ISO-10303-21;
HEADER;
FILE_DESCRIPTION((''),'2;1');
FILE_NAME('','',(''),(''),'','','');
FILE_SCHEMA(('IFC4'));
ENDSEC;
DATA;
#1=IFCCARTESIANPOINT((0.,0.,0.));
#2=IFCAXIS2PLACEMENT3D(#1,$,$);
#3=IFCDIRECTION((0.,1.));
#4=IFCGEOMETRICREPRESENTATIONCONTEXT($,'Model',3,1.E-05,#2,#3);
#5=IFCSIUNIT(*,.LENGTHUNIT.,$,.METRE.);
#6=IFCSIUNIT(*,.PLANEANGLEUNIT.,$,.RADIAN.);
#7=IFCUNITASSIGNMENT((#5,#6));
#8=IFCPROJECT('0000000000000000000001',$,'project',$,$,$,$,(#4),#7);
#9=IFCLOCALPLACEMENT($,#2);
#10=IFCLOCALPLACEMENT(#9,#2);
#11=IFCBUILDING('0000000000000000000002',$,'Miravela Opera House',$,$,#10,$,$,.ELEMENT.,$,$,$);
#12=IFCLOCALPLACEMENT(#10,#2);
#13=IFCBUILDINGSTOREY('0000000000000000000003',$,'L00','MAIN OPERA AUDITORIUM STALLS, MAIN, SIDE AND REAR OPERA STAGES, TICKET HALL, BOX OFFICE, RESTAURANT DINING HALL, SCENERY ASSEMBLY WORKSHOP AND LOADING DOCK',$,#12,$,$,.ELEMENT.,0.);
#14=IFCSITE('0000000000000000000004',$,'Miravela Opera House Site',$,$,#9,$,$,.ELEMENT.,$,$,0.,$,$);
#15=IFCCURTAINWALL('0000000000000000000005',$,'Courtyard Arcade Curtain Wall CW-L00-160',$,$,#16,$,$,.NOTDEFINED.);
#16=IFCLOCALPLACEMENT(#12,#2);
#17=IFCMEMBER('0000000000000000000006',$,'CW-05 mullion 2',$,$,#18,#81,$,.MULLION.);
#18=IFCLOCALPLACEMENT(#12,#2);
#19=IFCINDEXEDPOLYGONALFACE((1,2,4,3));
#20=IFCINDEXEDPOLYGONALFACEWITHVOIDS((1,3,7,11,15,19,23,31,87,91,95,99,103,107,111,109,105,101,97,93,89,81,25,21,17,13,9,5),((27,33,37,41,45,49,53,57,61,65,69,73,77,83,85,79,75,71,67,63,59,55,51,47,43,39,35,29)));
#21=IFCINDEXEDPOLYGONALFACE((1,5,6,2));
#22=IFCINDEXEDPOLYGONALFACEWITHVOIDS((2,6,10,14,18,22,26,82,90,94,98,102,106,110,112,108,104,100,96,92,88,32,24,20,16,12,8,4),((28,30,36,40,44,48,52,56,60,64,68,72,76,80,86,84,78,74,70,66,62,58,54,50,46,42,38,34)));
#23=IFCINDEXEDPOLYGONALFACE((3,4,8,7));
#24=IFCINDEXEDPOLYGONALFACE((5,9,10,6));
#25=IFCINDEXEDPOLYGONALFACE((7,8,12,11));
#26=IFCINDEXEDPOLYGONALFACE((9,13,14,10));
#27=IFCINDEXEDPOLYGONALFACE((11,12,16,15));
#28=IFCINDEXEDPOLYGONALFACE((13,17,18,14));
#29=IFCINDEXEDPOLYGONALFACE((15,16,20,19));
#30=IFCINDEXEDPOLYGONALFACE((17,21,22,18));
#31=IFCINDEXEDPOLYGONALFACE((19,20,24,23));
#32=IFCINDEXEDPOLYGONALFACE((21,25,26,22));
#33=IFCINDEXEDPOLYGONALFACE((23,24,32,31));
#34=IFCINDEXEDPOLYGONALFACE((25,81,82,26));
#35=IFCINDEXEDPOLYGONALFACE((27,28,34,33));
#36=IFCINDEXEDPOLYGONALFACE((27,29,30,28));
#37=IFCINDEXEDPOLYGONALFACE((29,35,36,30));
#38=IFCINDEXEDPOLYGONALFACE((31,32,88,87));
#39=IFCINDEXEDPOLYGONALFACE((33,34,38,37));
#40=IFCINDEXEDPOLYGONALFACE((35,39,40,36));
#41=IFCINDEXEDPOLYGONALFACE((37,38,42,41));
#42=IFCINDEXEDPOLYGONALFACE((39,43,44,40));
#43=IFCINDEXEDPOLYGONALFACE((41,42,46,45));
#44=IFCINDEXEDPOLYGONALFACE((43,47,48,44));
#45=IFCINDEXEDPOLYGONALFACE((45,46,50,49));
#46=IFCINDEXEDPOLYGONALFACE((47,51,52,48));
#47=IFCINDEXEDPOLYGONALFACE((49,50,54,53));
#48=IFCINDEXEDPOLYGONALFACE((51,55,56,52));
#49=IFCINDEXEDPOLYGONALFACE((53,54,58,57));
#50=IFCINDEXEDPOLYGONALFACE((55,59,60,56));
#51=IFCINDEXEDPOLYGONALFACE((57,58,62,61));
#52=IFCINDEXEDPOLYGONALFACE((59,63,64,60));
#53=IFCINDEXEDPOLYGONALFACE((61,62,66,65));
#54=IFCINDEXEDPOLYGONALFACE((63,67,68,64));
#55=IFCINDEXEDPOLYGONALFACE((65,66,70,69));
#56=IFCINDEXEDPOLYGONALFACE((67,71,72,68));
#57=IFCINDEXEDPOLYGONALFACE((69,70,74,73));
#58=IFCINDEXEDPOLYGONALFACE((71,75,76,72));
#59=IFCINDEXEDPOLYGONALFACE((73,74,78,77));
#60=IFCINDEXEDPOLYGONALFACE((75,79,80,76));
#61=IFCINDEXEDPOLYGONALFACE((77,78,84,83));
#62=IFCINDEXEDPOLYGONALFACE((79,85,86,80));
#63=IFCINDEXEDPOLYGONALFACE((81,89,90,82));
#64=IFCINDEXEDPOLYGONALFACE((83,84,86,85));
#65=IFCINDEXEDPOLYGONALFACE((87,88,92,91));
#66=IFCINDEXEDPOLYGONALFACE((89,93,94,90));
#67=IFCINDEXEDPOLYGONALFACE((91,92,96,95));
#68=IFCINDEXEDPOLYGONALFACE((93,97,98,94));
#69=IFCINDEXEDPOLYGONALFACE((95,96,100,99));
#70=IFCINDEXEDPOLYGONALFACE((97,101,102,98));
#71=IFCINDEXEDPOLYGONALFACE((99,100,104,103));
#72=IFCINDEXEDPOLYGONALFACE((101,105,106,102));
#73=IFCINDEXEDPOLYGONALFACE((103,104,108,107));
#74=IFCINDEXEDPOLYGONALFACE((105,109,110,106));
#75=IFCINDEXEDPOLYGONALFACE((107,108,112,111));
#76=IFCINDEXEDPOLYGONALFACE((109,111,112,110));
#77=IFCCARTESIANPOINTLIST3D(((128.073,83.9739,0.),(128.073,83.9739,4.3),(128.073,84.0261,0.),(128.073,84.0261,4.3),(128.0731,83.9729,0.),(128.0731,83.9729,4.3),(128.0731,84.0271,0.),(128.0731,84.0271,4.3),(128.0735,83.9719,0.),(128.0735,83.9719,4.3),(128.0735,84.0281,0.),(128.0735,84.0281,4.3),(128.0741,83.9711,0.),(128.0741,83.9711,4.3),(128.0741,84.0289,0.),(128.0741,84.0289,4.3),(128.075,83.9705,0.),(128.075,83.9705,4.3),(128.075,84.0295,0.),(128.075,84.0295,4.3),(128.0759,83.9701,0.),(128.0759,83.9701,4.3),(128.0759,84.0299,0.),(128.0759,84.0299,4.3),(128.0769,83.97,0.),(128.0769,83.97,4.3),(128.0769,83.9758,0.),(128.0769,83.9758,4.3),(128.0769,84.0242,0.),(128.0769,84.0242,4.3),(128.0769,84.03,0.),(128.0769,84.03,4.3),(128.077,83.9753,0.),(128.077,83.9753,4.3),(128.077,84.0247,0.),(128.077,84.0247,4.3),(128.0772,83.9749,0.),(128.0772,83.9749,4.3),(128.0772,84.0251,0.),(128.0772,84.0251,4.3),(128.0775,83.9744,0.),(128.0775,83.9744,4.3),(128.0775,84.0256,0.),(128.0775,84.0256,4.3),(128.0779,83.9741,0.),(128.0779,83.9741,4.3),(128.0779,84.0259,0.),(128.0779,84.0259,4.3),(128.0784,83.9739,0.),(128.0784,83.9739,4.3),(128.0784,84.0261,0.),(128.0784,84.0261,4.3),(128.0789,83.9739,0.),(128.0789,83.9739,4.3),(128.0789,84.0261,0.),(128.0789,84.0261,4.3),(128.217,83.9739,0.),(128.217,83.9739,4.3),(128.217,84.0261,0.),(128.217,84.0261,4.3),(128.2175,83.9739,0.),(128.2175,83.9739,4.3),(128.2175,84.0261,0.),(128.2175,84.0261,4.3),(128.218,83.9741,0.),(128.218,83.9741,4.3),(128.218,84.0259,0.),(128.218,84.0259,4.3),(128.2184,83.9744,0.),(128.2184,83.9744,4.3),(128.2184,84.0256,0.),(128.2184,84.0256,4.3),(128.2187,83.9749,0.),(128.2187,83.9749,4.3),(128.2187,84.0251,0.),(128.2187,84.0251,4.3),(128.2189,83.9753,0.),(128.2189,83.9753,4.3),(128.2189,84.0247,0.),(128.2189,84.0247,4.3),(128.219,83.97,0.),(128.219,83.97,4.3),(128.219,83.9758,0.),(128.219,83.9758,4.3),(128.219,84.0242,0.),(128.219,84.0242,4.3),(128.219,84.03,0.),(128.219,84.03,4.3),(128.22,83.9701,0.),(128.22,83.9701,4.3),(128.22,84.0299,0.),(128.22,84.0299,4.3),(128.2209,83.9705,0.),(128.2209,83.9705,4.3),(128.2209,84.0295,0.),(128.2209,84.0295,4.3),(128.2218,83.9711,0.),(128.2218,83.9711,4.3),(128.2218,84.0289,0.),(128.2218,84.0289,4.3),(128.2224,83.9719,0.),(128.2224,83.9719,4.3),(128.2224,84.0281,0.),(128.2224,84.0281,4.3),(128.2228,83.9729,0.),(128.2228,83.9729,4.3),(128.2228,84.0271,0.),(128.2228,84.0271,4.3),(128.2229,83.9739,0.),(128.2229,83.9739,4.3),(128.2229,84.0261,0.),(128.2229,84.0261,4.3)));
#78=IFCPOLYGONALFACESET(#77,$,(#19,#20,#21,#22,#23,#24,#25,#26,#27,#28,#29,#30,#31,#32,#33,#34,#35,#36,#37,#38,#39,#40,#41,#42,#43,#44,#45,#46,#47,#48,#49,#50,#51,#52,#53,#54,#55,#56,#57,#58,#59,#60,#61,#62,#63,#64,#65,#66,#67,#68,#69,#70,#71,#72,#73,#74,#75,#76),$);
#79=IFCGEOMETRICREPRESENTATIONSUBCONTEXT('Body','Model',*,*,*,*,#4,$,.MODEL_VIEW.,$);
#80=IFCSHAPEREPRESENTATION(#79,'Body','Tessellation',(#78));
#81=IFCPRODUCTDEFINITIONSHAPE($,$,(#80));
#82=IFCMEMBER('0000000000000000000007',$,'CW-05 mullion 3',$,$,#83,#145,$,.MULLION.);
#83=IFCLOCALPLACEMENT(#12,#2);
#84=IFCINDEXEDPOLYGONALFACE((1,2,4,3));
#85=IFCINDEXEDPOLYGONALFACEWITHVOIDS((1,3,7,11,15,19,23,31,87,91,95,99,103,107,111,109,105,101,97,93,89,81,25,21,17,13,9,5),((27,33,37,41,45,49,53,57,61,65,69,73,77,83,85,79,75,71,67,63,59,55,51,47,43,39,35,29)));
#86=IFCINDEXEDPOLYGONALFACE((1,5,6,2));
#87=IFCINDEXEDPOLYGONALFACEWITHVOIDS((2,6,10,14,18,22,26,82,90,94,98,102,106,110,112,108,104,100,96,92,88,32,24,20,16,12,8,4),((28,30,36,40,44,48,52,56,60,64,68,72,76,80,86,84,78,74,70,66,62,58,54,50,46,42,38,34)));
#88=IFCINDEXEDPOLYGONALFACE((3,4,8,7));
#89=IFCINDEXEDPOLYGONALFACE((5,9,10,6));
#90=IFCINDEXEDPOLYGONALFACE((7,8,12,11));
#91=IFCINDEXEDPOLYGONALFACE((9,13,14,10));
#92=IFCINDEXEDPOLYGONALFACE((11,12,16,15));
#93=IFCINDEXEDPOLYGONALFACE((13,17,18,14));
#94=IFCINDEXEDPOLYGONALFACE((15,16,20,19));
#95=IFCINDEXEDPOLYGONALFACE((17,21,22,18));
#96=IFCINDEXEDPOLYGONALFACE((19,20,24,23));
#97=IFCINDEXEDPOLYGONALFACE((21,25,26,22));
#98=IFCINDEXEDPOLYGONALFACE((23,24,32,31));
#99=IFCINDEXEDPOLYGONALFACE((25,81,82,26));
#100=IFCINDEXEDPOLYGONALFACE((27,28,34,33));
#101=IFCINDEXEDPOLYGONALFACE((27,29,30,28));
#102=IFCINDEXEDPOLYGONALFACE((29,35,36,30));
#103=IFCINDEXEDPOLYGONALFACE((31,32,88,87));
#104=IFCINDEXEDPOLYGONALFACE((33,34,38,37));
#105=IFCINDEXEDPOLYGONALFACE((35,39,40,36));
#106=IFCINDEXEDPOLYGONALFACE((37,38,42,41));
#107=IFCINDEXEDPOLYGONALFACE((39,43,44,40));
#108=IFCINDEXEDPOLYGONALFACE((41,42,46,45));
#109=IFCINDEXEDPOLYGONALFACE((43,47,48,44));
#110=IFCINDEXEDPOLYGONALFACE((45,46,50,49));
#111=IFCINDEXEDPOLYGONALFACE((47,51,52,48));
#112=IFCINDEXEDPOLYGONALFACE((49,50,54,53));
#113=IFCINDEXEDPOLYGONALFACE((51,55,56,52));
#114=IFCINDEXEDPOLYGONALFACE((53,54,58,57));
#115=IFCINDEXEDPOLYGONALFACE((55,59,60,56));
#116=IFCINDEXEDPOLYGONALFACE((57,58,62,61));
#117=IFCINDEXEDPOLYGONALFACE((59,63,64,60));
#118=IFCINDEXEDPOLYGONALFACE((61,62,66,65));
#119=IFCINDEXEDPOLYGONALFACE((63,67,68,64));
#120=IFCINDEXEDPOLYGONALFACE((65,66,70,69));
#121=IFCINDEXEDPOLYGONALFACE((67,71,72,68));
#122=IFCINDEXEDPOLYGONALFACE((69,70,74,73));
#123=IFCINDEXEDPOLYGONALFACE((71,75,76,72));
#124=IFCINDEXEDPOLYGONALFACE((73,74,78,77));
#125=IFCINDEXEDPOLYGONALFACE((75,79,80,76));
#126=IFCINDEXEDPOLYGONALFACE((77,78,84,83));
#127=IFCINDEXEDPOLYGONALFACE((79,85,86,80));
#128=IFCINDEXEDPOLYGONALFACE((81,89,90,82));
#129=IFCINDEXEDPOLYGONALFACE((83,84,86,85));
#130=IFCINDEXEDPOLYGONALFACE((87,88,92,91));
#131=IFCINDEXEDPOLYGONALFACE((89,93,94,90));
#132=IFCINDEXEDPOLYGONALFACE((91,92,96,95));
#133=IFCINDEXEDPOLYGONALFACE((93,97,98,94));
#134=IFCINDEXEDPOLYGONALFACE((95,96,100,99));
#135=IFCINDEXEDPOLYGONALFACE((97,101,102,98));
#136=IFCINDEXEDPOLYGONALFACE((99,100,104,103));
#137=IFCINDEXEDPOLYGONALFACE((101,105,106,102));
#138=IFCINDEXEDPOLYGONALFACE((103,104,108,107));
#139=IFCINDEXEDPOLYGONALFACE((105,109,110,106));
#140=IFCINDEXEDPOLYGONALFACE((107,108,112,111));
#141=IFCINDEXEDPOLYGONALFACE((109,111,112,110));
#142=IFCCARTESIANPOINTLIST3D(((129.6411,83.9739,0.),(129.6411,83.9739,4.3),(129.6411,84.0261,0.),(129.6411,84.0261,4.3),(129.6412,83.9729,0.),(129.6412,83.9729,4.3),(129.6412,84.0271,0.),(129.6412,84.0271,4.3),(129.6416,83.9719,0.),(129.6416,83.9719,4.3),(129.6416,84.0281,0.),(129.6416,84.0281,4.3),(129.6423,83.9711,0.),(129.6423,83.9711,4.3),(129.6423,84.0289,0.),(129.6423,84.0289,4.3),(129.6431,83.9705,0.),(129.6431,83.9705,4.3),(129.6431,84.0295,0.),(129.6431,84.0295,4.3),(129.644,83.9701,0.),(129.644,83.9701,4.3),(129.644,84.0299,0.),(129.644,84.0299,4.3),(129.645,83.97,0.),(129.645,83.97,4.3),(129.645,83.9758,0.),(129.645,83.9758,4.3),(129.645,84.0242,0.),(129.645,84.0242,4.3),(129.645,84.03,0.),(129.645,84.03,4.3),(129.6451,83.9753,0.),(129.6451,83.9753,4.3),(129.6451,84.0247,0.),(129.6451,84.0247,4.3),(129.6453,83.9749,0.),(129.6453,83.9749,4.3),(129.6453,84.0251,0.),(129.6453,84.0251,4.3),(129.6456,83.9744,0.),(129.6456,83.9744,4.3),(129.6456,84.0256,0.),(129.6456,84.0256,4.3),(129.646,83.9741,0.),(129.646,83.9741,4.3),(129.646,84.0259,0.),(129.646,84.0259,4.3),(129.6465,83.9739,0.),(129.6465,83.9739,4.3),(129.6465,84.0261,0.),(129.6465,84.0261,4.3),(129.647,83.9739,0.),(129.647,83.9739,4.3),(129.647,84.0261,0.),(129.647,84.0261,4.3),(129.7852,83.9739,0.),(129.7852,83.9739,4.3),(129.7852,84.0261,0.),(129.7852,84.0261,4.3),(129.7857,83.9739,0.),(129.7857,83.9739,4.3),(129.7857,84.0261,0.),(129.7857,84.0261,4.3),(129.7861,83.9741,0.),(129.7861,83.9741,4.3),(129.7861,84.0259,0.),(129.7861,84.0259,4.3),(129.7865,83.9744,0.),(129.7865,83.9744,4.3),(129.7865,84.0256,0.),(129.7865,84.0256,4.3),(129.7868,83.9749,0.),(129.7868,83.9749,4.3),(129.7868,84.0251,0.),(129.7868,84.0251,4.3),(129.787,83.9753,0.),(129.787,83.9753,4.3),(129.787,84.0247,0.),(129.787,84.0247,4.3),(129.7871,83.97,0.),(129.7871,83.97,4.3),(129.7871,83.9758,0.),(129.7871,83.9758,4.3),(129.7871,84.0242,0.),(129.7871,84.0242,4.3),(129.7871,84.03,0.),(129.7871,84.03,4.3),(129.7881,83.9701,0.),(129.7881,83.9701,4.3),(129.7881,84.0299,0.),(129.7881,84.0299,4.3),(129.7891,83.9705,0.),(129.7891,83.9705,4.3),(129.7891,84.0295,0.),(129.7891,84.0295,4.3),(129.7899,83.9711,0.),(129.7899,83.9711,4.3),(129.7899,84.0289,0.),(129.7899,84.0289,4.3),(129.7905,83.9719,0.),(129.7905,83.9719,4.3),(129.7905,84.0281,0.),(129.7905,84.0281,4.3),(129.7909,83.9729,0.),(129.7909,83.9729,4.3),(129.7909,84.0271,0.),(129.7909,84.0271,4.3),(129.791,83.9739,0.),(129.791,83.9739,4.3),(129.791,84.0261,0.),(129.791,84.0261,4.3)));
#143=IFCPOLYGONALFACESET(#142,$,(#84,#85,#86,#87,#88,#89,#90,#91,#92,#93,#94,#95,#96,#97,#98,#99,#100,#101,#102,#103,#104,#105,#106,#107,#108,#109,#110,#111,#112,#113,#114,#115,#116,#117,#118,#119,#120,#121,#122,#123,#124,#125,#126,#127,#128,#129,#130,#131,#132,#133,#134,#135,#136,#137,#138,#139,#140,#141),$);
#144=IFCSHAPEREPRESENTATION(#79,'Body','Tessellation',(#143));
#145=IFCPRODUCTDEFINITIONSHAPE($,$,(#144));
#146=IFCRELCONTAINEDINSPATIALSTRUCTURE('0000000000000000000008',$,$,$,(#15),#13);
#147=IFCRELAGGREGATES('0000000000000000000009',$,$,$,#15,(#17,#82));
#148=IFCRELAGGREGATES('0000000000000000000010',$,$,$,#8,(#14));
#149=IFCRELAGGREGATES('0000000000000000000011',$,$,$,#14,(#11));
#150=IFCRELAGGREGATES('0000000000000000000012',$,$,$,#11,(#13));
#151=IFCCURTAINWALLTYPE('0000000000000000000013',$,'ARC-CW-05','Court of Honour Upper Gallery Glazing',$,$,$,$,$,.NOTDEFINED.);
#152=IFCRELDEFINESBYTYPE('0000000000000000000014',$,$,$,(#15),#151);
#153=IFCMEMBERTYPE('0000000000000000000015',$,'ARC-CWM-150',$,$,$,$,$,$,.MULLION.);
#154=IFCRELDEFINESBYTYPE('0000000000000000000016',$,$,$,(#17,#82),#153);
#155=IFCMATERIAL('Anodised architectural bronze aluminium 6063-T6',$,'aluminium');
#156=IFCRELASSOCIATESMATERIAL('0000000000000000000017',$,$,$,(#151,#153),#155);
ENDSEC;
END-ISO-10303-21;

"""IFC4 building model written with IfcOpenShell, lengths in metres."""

from ifc_helpers import new_model, si_unit, direction, frame, origin, origin_2d, place, context, subcontext, project, spatial, hollow_rectangle, extrude, material, material_profile, profile_set, type_object, element, aggregate, save


model = new_model("IFC4")

# Units and contexts
model_context = context("Model", 3, precision=1e-05, world=origin(), true_north=direction((0.0, 1.0)))
body_context = subcontext(model_context, "Body", "Model", "MODEL_VIEW")
ifc_project = project(units=[si_unit("LENGTHUNIT", "METRE"), si_unit("PLANEANGLEUNIT", "RADIAN")], contexts=[model_context])

# Site, building, storey
site_placement = place(None, origin())
site = spatial("IfcSite", under=ifc_project, at=site_placement, Name="Miravela Opera House Site", CompositionType="ELEMENT", RefElevation=0.0)
building_placement = place(site_placement, origin())
building = spatial("IfcBuilding", under=site, at=building_placement, Name="Miravela Opera House", CompositionType="ELEMENT")
storey_placement = place(building_placement, origin())
storey = spatial("IfcBuildingStorey", under=building, at=storey_placement, Name="L00", Description="MAIN OPERA AUDITORIUM STALLS, MAIN, SIDE AND REAR OPERA STAGES, TICKET HALL, BOX OFFICE, RESTAURANT DINING HALL, SCENERY ASSEMBLY WORKSHOP AND LOADING DOCK", CompositionType="ELEMENT", Elevation=0.0)

# Shared definitions
ifc_material_1 = material(Name="Anodised architectural bronze aluminium 6063-T6", Category="aluminium")
curtain_wall_type = type_object("IfcCurtainWallType", Name="ARC-CW-05", Description="Court of Honour Upper Gallery Glazing", PredefinedType="NOTDEFINED", material=ifc_material_1)
ifc_material_profile_1 = material_profile(ifc_material_1, hollow_rectangle(XDim=0.0601, YDim=0.1499, WallThickness=0.0039, InnerFilletRadius=0.002, OuterFilletRadius=0.0039, at=origin_2d()), Name="CWM-60X150")
ifc_profile_set_1 = profile_set([ifc_material_profile_1])
member_type_1 = type_object("IfcMemberType", Name="ARC-CWM-150", PredefinedType="MULLION", material=ifc_profile_set_1)

# Curtain wall, members
curtain_wall_1_placement = place(storey_placement, origin())
curtain_wall_1 = element("IfcCurtainWall", 1, at=curtain_wall_1_placement, inside=storey, type_object=curtain_wall_type, Name="Courtyard Arcade Curtain Wall CW-L00-160", PredefinedType="NOTDEFINED")
member_1_placement = place(storey_placement, frame((128.1479, 84.0, 0.0), z_axis=(0.0, 0.0, 1.0), x_axis=(0.0, 1.0, 0.0)))
member_1 = element("IfcMember", 2, at=member_1_placement, type_object=member_type_1, Name="CW-05 mullion 2", PredefinedType="MULLION", context=body_context, shape_type="SweptSolid", body=[
    extrude(hollow_rectangle(XDim=0.0601, YDim=0.1499, WallThickness=0.0039, InnerFilletRadius=0.002, OuterFilletRadius=0.0039, at=origin_2d()), origin(), (0.0, 0.0, 1.0), 4.3),
])
member_2_placement = place(storey_placement, frame((129.7161, 84.0, 0.0), z_axis=(0.0, 0.0, 1.0), x_axis=(0.0, 1.0, 0.0)))
member_2 = element("IfcMember", 3, at=member_2_placement, type_object=member_type_1, Name="CW-05 mullion 3", PredefinedType="MULLION", context=body_context, shape_type="SweptSolid", body=[
    extrude(hollow_rectangle(XDim=0.0601, YDim=0.1499, WallThickness=0.0039, InnerFilletRadius=0.002, OuterFilletRadius=0.0039, at=origin_2d()), origin(), (0.0, 0.0, 1.0), 4.3),
])

aggregate(curtain_wall_1, [member_1, member_2])

save(model, "model.ifc")
